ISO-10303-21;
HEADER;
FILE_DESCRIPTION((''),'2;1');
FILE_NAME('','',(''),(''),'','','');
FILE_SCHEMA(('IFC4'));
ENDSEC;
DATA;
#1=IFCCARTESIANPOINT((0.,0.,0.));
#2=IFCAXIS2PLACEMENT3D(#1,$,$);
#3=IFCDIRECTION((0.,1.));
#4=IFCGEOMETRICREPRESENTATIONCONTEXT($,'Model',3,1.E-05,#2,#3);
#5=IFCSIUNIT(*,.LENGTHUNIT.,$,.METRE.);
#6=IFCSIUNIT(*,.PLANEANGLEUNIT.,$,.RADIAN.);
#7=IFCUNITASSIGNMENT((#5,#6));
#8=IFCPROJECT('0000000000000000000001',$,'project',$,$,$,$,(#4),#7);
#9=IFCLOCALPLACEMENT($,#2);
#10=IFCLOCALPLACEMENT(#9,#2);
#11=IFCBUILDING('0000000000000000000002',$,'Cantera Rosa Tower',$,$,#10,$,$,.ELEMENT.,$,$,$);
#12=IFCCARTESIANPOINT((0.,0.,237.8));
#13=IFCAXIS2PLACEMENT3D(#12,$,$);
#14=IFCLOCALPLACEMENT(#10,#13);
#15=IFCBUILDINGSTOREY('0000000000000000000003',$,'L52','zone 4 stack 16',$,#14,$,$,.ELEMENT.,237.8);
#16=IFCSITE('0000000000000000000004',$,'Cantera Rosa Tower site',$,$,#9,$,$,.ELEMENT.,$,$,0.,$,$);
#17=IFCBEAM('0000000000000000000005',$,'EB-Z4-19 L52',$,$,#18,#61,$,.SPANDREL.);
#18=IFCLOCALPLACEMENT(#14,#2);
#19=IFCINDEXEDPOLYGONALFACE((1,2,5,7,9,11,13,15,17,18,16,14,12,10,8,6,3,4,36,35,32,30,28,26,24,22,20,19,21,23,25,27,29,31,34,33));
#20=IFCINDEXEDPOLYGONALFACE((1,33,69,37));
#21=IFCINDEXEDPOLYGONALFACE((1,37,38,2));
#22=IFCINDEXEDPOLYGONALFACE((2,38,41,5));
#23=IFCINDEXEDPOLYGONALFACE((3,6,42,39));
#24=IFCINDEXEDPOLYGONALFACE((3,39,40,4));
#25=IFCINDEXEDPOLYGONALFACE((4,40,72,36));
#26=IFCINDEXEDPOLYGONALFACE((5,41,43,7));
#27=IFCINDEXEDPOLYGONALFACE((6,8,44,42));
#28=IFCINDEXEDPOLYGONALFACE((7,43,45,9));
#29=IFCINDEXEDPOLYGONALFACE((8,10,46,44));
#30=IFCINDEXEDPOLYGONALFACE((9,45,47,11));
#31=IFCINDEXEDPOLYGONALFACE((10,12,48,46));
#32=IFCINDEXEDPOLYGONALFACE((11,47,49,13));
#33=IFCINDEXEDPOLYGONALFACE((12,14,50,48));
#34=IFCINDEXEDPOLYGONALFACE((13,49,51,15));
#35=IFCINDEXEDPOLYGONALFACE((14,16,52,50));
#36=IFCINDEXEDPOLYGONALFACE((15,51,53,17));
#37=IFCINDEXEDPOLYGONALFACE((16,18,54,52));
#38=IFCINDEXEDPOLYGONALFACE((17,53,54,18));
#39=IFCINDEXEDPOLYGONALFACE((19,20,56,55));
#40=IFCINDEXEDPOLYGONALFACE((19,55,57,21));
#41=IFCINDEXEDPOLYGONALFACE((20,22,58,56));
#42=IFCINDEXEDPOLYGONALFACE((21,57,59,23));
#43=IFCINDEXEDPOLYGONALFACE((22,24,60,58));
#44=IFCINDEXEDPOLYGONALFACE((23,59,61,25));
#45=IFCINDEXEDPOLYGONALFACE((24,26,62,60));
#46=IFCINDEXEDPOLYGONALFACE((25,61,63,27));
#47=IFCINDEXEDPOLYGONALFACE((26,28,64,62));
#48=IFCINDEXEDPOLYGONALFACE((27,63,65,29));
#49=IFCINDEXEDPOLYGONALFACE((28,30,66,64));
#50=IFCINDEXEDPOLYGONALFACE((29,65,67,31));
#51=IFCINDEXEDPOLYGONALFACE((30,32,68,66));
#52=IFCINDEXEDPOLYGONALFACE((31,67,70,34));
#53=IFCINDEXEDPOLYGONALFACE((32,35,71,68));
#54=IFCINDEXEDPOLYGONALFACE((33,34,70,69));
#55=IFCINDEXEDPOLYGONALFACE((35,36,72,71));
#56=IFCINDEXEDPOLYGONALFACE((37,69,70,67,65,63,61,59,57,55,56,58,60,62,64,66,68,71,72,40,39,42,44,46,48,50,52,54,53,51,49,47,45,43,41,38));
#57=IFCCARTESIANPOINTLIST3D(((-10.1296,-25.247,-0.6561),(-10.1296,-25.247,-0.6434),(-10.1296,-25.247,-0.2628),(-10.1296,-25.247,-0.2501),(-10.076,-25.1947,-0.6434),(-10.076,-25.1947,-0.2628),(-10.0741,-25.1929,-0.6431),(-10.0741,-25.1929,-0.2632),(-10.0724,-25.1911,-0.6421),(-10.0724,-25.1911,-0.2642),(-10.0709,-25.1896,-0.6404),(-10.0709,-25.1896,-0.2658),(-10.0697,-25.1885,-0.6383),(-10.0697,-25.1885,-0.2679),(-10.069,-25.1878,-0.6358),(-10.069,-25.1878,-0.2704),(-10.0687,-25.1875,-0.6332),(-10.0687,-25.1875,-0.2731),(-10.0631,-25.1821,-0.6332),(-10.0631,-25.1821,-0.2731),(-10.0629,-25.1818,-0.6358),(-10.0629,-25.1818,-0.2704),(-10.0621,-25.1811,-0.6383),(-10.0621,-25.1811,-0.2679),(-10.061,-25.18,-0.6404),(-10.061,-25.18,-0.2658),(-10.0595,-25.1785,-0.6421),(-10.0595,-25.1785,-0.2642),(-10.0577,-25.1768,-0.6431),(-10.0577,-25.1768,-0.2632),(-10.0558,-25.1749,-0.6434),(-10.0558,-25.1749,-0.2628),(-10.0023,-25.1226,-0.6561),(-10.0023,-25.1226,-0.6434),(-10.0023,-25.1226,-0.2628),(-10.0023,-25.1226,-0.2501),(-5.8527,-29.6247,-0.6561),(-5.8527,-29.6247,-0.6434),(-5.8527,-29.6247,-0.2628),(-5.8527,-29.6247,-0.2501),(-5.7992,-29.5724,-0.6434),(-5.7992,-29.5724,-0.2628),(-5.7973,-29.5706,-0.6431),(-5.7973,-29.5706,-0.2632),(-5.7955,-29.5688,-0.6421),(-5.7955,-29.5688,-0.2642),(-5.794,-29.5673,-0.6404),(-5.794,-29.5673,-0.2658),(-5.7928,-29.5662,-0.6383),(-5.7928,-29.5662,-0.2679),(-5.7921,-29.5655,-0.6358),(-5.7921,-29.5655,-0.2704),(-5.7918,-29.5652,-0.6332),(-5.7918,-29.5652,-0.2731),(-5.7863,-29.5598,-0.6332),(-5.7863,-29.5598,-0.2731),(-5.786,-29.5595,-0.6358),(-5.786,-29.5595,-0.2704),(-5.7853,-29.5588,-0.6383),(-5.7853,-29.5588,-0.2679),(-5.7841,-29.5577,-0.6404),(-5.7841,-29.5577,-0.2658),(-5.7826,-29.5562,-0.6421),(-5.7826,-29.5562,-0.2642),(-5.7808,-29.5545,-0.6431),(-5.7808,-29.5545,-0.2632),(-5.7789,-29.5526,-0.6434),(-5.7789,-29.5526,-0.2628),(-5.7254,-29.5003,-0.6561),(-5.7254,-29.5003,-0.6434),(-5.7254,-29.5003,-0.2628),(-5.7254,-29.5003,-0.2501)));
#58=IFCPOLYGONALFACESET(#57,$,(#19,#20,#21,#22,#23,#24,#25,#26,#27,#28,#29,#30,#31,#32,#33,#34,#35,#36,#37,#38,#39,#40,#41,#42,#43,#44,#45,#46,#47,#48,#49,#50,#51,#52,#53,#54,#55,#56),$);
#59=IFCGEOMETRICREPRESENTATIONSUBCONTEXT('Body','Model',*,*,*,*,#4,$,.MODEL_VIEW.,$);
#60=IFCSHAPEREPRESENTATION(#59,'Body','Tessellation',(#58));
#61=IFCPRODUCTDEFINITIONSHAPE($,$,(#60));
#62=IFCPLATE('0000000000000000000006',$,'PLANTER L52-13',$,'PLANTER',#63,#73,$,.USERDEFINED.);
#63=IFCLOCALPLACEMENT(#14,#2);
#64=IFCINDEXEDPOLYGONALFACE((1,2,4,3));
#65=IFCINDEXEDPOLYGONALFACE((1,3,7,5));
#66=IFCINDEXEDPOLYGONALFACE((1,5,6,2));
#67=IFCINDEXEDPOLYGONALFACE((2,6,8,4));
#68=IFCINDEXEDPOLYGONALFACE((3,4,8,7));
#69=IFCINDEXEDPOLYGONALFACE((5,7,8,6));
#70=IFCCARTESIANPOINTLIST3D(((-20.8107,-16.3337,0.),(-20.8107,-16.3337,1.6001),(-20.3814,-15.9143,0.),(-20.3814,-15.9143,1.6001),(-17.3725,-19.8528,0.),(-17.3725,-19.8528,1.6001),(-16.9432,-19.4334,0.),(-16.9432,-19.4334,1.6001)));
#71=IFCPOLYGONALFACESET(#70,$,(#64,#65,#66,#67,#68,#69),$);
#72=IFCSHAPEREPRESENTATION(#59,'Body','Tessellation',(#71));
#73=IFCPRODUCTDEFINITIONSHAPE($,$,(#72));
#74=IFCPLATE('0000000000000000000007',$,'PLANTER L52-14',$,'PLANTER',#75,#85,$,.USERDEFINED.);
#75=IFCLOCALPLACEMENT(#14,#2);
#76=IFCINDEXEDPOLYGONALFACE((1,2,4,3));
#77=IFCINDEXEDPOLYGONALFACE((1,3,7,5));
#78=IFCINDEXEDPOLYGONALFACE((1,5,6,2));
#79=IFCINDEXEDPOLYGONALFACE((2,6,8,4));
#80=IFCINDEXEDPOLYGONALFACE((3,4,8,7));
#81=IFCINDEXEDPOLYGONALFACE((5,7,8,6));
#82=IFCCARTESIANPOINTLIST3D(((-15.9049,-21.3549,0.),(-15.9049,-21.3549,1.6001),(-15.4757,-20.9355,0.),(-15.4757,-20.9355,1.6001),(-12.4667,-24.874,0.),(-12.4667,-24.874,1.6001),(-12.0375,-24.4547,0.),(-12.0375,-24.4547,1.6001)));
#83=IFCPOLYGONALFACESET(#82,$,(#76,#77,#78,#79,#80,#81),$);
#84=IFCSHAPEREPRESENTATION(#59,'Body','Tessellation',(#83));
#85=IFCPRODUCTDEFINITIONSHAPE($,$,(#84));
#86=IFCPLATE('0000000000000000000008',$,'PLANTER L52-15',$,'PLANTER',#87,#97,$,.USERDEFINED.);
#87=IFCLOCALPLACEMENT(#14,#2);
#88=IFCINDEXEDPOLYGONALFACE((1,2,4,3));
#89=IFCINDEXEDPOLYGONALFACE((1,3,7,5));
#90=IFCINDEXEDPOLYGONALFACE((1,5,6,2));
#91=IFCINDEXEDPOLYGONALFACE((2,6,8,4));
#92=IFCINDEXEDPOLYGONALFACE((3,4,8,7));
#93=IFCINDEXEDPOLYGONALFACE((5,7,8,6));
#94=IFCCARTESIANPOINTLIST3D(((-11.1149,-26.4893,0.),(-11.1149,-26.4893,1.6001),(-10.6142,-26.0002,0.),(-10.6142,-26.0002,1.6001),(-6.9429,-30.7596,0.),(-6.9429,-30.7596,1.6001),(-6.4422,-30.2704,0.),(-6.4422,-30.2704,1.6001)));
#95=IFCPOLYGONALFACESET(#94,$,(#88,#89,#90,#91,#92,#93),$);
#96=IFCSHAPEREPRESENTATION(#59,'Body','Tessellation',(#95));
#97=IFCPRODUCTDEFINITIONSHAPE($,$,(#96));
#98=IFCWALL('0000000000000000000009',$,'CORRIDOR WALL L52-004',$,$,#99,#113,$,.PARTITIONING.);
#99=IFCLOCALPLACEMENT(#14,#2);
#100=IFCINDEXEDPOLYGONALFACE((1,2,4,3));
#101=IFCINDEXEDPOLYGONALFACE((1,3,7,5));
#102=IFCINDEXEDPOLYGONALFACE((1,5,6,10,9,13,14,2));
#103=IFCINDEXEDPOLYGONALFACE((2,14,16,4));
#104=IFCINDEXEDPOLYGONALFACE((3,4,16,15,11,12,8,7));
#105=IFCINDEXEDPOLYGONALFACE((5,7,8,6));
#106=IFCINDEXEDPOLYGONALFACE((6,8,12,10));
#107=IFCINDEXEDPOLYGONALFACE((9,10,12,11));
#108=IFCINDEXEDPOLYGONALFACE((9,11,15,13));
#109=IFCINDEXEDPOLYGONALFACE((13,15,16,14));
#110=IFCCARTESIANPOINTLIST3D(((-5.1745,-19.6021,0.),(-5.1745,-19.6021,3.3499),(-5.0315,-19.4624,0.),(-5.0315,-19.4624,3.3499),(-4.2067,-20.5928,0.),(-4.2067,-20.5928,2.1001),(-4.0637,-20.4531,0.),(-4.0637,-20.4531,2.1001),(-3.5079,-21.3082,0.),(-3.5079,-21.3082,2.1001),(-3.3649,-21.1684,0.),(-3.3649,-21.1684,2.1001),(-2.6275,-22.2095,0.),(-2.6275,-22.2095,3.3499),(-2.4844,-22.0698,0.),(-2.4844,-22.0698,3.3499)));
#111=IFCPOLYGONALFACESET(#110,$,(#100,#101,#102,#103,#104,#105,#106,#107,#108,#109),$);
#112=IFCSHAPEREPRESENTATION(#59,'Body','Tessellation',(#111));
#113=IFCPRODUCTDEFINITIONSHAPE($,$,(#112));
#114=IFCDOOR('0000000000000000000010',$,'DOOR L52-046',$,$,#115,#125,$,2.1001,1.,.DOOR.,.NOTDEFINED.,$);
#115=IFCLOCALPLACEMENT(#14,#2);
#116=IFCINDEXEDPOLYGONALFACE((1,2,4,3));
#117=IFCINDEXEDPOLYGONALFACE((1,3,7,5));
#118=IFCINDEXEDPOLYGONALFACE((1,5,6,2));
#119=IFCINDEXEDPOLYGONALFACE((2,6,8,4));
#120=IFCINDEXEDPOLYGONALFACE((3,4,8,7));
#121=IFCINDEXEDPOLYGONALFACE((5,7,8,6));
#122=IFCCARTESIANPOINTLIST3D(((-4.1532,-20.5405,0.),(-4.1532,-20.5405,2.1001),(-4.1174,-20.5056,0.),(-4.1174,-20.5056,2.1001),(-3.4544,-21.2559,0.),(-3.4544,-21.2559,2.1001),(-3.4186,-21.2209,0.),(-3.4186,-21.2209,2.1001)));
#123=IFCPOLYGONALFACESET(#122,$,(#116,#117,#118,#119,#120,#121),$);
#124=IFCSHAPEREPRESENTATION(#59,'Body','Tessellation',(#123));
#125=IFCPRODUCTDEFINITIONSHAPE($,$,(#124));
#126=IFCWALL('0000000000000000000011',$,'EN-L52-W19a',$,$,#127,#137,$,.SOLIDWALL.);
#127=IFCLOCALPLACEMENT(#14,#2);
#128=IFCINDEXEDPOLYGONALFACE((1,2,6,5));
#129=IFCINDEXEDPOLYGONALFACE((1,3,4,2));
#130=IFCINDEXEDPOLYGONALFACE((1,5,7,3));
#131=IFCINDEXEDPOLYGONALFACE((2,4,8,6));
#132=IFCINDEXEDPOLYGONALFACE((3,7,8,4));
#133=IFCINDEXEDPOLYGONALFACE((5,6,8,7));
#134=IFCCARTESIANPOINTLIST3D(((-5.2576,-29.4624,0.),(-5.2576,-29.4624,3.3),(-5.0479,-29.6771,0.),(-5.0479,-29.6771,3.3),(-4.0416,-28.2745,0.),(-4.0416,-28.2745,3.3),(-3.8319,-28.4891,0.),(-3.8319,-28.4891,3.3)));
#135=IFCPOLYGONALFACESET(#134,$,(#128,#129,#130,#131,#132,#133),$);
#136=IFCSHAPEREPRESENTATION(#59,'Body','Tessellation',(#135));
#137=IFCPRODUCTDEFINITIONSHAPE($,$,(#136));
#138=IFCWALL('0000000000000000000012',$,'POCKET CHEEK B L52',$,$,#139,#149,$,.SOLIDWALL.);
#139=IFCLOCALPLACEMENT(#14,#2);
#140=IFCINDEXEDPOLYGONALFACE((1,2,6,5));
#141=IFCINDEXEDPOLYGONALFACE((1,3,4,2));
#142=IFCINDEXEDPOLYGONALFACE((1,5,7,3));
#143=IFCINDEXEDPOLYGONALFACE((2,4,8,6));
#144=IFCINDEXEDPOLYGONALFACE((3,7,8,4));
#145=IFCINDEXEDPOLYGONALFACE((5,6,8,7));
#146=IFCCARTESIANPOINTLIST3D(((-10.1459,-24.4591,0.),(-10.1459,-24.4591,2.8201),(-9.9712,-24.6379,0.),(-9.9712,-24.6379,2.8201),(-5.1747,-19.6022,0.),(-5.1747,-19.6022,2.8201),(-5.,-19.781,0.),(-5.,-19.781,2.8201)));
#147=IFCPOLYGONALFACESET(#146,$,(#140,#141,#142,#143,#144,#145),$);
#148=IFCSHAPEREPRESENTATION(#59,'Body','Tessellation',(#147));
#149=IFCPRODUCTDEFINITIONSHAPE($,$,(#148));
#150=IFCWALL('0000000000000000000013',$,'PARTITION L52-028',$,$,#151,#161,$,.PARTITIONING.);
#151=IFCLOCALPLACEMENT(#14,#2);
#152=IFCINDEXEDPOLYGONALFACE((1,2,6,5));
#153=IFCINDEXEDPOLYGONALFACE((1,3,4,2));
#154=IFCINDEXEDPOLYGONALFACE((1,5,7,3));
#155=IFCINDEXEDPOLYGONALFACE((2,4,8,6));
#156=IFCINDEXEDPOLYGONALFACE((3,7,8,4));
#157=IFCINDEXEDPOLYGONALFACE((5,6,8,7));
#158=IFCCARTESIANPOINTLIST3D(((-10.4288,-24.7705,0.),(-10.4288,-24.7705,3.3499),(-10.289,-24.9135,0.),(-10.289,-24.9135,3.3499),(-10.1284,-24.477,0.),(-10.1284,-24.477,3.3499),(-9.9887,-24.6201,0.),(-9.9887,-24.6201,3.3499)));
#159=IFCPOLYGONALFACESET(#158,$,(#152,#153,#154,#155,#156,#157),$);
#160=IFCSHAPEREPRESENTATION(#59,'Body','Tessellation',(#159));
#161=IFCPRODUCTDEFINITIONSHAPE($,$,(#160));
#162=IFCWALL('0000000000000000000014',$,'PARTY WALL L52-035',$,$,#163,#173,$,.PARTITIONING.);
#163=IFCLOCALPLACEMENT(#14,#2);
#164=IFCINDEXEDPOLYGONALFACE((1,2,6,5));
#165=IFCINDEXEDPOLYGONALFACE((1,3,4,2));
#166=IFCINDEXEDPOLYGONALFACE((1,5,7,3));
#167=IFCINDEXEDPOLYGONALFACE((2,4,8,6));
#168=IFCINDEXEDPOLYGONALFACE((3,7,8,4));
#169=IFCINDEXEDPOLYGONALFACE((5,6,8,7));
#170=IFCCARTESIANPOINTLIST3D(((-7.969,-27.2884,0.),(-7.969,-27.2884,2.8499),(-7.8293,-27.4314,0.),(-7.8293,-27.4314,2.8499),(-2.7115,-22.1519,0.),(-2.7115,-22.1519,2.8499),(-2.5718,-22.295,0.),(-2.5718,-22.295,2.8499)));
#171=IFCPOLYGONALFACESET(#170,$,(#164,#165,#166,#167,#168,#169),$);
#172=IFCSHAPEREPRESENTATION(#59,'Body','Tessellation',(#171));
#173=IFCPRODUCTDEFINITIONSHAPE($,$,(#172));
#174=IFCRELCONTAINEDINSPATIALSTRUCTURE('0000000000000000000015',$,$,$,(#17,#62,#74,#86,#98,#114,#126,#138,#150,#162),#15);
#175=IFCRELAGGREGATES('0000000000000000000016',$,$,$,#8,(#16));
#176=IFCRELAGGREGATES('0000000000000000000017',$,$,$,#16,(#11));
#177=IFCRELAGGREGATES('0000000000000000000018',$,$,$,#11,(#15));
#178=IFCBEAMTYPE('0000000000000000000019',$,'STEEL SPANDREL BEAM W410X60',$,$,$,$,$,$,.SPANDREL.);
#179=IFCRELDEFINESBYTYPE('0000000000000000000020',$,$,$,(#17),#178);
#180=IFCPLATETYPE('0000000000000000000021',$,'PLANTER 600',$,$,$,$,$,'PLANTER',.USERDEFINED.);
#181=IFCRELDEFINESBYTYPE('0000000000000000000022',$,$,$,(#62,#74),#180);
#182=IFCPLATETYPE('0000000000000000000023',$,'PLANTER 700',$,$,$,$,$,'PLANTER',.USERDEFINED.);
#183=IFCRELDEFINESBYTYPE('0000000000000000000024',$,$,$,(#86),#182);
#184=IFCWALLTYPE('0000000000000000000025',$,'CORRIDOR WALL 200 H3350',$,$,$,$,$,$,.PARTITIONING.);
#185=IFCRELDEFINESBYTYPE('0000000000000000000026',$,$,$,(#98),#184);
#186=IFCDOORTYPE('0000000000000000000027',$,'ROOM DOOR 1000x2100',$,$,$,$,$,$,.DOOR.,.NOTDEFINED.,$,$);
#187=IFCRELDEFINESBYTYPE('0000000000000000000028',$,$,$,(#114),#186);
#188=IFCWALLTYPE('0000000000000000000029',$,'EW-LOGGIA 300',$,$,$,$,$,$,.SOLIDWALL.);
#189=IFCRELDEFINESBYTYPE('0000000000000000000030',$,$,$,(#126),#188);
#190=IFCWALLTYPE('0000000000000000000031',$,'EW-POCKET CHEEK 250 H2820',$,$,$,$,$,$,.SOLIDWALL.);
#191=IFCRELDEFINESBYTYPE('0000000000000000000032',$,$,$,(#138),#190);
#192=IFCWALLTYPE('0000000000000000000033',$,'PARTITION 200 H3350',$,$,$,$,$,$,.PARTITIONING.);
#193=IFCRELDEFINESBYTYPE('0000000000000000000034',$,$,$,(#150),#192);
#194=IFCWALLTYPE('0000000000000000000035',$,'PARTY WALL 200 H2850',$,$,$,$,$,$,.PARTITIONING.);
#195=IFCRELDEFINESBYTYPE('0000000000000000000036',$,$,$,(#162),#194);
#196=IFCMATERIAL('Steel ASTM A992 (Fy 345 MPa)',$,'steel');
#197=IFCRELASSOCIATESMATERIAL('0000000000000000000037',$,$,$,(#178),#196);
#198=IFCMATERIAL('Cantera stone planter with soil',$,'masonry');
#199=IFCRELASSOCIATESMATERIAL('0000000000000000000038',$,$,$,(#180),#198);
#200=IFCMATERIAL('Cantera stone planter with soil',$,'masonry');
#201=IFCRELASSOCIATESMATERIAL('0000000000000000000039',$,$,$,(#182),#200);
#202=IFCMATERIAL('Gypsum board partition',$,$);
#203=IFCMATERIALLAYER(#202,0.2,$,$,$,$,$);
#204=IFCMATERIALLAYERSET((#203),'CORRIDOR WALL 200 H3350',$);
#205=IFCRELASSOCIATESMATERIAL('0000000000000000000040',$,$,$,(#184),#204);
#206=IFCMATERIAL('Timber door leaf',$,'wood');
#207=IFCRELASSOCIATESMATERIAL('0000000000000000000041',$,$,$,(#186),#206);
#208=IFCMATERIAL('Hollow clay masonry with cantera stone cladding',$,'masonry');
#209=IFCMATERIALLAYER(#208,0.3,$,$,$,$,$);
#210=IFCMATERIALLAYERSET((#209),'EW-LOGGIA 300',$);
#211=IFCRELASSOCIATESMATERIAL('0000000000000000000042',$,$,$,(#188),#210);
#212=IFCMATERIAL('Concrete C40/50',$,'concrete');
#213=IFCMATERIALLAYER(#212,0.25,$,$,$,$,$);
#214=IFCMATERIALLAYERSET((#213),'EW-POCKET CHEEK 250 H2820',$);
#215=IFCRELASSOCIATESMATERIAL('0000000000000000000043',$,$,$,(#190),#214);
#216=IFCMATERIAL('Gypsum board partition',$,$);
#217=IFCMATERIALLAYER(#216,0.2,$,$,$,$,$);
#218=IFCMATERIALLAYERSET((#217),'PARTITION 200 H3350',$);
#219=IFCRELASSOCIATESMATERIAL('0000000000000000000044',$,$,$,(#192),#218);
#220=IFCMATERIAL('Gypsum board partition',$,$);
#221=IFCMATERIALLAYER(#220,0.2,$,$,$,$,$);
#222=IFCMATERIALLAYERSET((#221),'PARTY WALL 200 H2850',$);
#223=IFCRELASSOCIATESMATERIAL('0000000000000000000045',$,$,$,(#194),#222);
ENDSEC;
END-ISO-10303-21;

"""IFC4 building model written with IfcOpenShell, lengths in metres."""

from ifc_helpers import new_model, si_unit, direction, frame, frame_2d, origin, origin_2d, place, context, subcontext, project, spatial, rectangle, i_section, extrude, material, layer, layer_set, material_profile, profile_set, type_object, element, fill, save


model = new_model("IFC4")

# Units and contexts
model_context = context("Model", 3, precision=1e-05, world=origin(), true_north=direction((0.0, 1.0)))
body_context = subcontext(model_context, "Body", "Model", "MODEL_VIEW")
ifc_project = project(units=[si_unit("LENGTHUNIT", "METRE"), si_unit("PLANEANGLEUNIT", "RADIAN")], contexts=[model_context])

# Site, building, storey
site_placement = place(None, origin())
site = spatial("IfcSite", under=ifc_project, at=site_placement, Name="Cantera Rosa Tower site", CompositionType="ELEMENT", RefElevation=0.0)
building_placement = place(site_placement, origin())
building = spatial("IfcBuilding", under=site, at=building_placement, Name="Cantera Rosa Tower", CompositionType="ELEMENT")
storey_placement = place(building_placement, frame((0.0, 0.0, 237.8)))
storey = spatial("IfcBuildingStorey", under=building, at=storey_placement, Name="L52", Description="zone 4 stack 16", CompositionType="ELEMENT", Elevation=237.8)

# Beam
ifc_material_1 = material(Name="Steel ASTM A992 (Fy 345 MPa)", Category="steel")
ifc_material_profile_1 = material_profile(ifc_material_1, i_section(OverallWidth=0.178, OverallDepth=0.406, WebThickness=0.0078, FlangeThickness=0.0127, FilletRadius=0.0103, at=origin_2d()), Name="W410X60")
ifc_profile_set_1 = profile_set([ifc_material_profile_1], Name="Steel ASTM A992 (Fy 345 MPa)")
beam_type_1 = type_object("IfcBeamType", Name="STEEL SPANDREL BEAM W410X60", PredefinedType="SPANDREL", material=ifc_profile_set_1)
beam_1_placement = place(storey_placement, frame((-10.0659, -25.1848, -0.4531), z_axis=(0.698821, -0.715296, 0.0), x_axis=(0.715296, 0.698821, 0.0)))
element("IfcBeam", 1, at=beam_1_placement, inside=storey, type_object=beam_type_1, Name="EB-Z4-19 L52", PredefinedType="SPANDREL", context=body_context, shape_type="SweptSolid", body=[
    extrude(i_section(OverallWidth=0.178, OverallDepth=0.406, WebThickness=0.0078, FlangeThickness=0.0127, FilletRadius=0.0103, at=origin_2d()), origin(), (0.0, 0.0, 1.0), 6.1201),
])

# Plates
ifc_material_2 = material(Name="Cantera stone planter with soil", Category="masonry")
plate_type_1 = type_object("IfcPlateType", Name="PLANTER 600", ElementType="PLANTER", PredefinedType="USERDEFINED", material=ifc_material_2)
for number, where, z_axis, x_axis, name in (
    (2, (-18.877, -17.8835, 0.0), (0.0, 0.0, 1.0), (0.698832, -0.715286, 0.0), "PLANTER L52-13"),
    (3, (-13.9712, -22.9048, 0.0), (0.0, 0.0, 1.0), (0.698832, -0.715286, 0.0), "PLANTER L52-14"),
):
    element("IfcPlate", number, at=place(storey_placement, frame(where, z_axis=z_axis, x_axis=x_axis)), inside=storey, type_object=plate_type_1, Name=name, ObjectType="PLANTER", PredefinedType="USERDEFINED", context=body_context, shape_type="SweptSolid", body=[
        extrude(rectangle(XDim=4.9199, YDim=0.6001, at=origin_2d()), origin(), (0.0, 0.0, 1.0), 1.6001),
    ])
ifc_material_3 = material(Name="Cantera stone planter with soil", Category="masonry")
plate_type_2 = type_object("IfcPlateType", Name="PLANTER 700", ElementType="PLANTER", PredefinedType="USERDEFINED", material=ifc_material_3)
plate_placement = place(storey_placement, frame((-8.7786, -28.3799, 0.0), z_axis=(0.0, 0.0, 1.0), x_axis=(0.698832, -0.715286, 0.0)))
element("IfcPlate", 4, at=plate_placement, inside=storey, type_object=plate_type_2, Name="PLANTER L52-15", ObjectType="PLANTER", PredefinedType="USERDEFINED", context=body_context, shape_type="SweptSolid", body=[
    extrude(rectangle(XDim=5.97, YDim=0.7, at=origin_2d()), origin(), (0.0, 0.0, 1.0), 1.6001),
])

# Wall, opening, door
ifc_material_4 = material(Name="Gypsum board partition")
ifc_layer_1 = layer(ifc_material_4, 0.2)
ifc_layer_set_1 = layer_set([ifc_layer_1], Name="CORRIDOR WALL 200 H3350")
wall_type_1 = type_object("IfcWallType", Name="CORRIDOR WALL 200 H3350", PredefinedType="PARTITIONING", material=ifc_layer_set_1)
wall_1_placement = place(storey_placement, frame((-5.103, -19.5322, 0.0), z_axis=(0.0, 0.0, 1.0), x_axis=(0.698787, -0.71533, 0.0)))
wall_1 = element("IfcWall", 5, at=wall_1_placement, inside=storey, type_object=wall_type_1, Name="CORRIDOR WALL L52-004", PredefinedType="PARTITIONING", context=body_context, shape_type="SweptSolid", body=[
    extrude(rectangle(XDim=3.645, YDim=0.2, at=frame_2d((1.8225, 0.0))), origin(), (0.0, 0.0, 1.0), 3.3499),
])
opening_1_placement = place(wall_1_placement, frame((1.385, 0.0, 0.0)))
opening_1 = element("IfcOpeningElement", 6, at=opening_1_placement, cuts=wall_1, PredefinedType="OPENING", context=body_context, shape_type="SweptSolid", body=[
    extrude(rectangle(XDim=1.0, YDim=2.1001, at=frame_2d((0.5, 1.05))), frame((0.0, 0.1099, 0.0), z_axis=(0.0, -1.0, 0.0), x_axis=(1.0, 0.0, 0.0)), (0.0, 0.0, 1.0), 0.22),
])
ifc_material_5 = material(Name="Timber door leaf", Category="wood")
door_type_1 = type_object("IfcDoorType", Name="ROOM DOOR 1000x2100", OperationType="NOTDEFINED", PredefinedType="DOOR", material=ifc_material_5)
door_1_placement = place(opening_1_placement, origin())
door_1 = element("IfcDoor", 7, at=door_1_placement, inside=storey, type_object=door_type_1, Name="DOOR L52-046", OperationType="NOTDEFINED", OverallHeight=2.1001, OverallWidth=1.0, PredefinedType="DOOR", context=body_context, shape_type="SweptSolid", body=[
    extrude(rectangle(XDim=1.0, YDim=2.1001, at=frame_2d((0.5, 1.05))), frame((0.0, 0.0249, 0.0), z_axis=(0.0, -1.0, 0.0), x_axis=(1.0, 0.0, 0.0)), (0.0, 0.0, 1.0), 0.05),
])
fill(opening_1, door_1)

# Wall
ifc_material_6 = material(Name="Hollow clay masonry with cantera stone cladding", Category="masonry")
ifc_layer_2 = layer(ifc_material_6, 0.3)
ifc_layer_set_2 = layer_set([ifc_layer_2], Name="EW-LOGGIA 300")
wall_type_2 = type_object("IfcWallType", Name="EW-LOGGIA 300", PredefinedType="SOLIDWALL", material=ifc_layer_set_2)
wall_2_placement = place(storey_placement, frame((-5.1528, -29.5698, 0.0), z_axis=(0.0, 0.0, 1.0), x_axis=(0.715316, 0.698801, 0.0)))
element("IfcWall", 8, at=wall_2_placement, inside=storey, type_object=wall_type_2, Name="EN-L52-W19a", PredefinedType="SOLIDWALL", context=body_context, shape_type="SweptSolid", body=[
    extrude(rectangle(XDim=1.7, YDim=0.3, at=frame_2d((0.8501, 0.0))), origin(), (0.0, 0.0, 1.0), 3.3),
])

# Walls
ifc_material_7 = material(Name="Concrete C40/50", Category="concrete")
ifc_layer_3 = layer(ifc_material_7, 0.25)
ifc_layer_set_3 = layer_set([ifc_layer_3], Name="EW-POCKET CHEEK 250 H2820")
wall_type_3 = type_object("IfcWallType", Name="EW-POCKET CHEEK 250 H2820", PredefinedType="SOLIDWALL", material=ifc_layer_set_3)
wall_3_placement = place(storey_placement, frame((-10.0586, -24.5486, 0.0), z_axis=(0.0, 0.0, 1.0), x_axis=(0.715279, 0.698839, 0.0)))
element("IfcWall", 9, at=wall_3_placement, inside=storey, type_object=wall_type_3, Name="POCKET CHEEK B L52", PredefinedType="SOLIDWALL", context=body_context, shape_type="SweptSolid", body=[
    extrude(rectangle(XDim=6.95, YDim=0.25, at=frame_2d((3.4751, 0.0))), origin(), (0.0, 0.0, 1.0), 2.8201),
])
ifc_material_8 = material(Name="Gypsum board partition")
ifc_layer_4 = layer(ifc_material_8, 0.2)
ifc_layer_set_4 = layer_set([ifc_layer_4], Name="PARTITION 200 H3350")
wall_type_4 = type_object("IfcWallType", Name="PARTITION 200 H3350", PredefinedType="PARTITIONING", material=ifc_layer_set_4)
wall_4_placement = place(storey_placement, frame((-10.3589, -24.842, 0.0), z_axis=(0.0, 0.0, 1.0), x_axis=(0.7152, 0.698919, 0.0)))
element("IfcWall", 10, at=wall_4_placement, inside=storey, type_object=wall_type_4, Name="PARTITION L52-028", PredefinedType="PARTITIONING", context=body_context, shape_type="SweptSolid", body=[
    extrude(rectangle(XDim=0.4199, YDim=0.2, at=frame_2d((0.21, 0.0))), origin(), (0.0, 0.0, 1.0), 3.3499),
])
ifc_material_9 = material(Name="Gypsum board partition")
ifc_layer_5 = layer(ifc_material_9, 0.2)
ifc_layer_set_5 = layer_set([ifc_layer_5], Name="PARTY WALL 200 H2850")
wall_type_5 = type_object("IfcWallType", Name="PARTY WALL 200 H2850", PredefinedType="PARTITIONING", material=ifc_layer_set_5)
wall_5_placement = place(storey_placement, frame((-7.8992, -27.3599, 0.0), z_axis=(0.0, 0.0, 1.0), x_axis=(0.715296, 0.698821, 0.0)))
element("IfcWall", 11, at=wall_5_placement, inside=storey, type_object=wall_type_5, Name="PARTY WALL L52-035", PredefinedType="PARTITIONING", context=body_context, shape_type="SweptSolid", body=[
    extrude(rectangle(XDim=7.3501, YDim=0.2, at=frame_2d((3.675, 0.0))), origin(), (0.0, 0.0, 1.0), 2.8499),
])

save(model, "model.ifc")
